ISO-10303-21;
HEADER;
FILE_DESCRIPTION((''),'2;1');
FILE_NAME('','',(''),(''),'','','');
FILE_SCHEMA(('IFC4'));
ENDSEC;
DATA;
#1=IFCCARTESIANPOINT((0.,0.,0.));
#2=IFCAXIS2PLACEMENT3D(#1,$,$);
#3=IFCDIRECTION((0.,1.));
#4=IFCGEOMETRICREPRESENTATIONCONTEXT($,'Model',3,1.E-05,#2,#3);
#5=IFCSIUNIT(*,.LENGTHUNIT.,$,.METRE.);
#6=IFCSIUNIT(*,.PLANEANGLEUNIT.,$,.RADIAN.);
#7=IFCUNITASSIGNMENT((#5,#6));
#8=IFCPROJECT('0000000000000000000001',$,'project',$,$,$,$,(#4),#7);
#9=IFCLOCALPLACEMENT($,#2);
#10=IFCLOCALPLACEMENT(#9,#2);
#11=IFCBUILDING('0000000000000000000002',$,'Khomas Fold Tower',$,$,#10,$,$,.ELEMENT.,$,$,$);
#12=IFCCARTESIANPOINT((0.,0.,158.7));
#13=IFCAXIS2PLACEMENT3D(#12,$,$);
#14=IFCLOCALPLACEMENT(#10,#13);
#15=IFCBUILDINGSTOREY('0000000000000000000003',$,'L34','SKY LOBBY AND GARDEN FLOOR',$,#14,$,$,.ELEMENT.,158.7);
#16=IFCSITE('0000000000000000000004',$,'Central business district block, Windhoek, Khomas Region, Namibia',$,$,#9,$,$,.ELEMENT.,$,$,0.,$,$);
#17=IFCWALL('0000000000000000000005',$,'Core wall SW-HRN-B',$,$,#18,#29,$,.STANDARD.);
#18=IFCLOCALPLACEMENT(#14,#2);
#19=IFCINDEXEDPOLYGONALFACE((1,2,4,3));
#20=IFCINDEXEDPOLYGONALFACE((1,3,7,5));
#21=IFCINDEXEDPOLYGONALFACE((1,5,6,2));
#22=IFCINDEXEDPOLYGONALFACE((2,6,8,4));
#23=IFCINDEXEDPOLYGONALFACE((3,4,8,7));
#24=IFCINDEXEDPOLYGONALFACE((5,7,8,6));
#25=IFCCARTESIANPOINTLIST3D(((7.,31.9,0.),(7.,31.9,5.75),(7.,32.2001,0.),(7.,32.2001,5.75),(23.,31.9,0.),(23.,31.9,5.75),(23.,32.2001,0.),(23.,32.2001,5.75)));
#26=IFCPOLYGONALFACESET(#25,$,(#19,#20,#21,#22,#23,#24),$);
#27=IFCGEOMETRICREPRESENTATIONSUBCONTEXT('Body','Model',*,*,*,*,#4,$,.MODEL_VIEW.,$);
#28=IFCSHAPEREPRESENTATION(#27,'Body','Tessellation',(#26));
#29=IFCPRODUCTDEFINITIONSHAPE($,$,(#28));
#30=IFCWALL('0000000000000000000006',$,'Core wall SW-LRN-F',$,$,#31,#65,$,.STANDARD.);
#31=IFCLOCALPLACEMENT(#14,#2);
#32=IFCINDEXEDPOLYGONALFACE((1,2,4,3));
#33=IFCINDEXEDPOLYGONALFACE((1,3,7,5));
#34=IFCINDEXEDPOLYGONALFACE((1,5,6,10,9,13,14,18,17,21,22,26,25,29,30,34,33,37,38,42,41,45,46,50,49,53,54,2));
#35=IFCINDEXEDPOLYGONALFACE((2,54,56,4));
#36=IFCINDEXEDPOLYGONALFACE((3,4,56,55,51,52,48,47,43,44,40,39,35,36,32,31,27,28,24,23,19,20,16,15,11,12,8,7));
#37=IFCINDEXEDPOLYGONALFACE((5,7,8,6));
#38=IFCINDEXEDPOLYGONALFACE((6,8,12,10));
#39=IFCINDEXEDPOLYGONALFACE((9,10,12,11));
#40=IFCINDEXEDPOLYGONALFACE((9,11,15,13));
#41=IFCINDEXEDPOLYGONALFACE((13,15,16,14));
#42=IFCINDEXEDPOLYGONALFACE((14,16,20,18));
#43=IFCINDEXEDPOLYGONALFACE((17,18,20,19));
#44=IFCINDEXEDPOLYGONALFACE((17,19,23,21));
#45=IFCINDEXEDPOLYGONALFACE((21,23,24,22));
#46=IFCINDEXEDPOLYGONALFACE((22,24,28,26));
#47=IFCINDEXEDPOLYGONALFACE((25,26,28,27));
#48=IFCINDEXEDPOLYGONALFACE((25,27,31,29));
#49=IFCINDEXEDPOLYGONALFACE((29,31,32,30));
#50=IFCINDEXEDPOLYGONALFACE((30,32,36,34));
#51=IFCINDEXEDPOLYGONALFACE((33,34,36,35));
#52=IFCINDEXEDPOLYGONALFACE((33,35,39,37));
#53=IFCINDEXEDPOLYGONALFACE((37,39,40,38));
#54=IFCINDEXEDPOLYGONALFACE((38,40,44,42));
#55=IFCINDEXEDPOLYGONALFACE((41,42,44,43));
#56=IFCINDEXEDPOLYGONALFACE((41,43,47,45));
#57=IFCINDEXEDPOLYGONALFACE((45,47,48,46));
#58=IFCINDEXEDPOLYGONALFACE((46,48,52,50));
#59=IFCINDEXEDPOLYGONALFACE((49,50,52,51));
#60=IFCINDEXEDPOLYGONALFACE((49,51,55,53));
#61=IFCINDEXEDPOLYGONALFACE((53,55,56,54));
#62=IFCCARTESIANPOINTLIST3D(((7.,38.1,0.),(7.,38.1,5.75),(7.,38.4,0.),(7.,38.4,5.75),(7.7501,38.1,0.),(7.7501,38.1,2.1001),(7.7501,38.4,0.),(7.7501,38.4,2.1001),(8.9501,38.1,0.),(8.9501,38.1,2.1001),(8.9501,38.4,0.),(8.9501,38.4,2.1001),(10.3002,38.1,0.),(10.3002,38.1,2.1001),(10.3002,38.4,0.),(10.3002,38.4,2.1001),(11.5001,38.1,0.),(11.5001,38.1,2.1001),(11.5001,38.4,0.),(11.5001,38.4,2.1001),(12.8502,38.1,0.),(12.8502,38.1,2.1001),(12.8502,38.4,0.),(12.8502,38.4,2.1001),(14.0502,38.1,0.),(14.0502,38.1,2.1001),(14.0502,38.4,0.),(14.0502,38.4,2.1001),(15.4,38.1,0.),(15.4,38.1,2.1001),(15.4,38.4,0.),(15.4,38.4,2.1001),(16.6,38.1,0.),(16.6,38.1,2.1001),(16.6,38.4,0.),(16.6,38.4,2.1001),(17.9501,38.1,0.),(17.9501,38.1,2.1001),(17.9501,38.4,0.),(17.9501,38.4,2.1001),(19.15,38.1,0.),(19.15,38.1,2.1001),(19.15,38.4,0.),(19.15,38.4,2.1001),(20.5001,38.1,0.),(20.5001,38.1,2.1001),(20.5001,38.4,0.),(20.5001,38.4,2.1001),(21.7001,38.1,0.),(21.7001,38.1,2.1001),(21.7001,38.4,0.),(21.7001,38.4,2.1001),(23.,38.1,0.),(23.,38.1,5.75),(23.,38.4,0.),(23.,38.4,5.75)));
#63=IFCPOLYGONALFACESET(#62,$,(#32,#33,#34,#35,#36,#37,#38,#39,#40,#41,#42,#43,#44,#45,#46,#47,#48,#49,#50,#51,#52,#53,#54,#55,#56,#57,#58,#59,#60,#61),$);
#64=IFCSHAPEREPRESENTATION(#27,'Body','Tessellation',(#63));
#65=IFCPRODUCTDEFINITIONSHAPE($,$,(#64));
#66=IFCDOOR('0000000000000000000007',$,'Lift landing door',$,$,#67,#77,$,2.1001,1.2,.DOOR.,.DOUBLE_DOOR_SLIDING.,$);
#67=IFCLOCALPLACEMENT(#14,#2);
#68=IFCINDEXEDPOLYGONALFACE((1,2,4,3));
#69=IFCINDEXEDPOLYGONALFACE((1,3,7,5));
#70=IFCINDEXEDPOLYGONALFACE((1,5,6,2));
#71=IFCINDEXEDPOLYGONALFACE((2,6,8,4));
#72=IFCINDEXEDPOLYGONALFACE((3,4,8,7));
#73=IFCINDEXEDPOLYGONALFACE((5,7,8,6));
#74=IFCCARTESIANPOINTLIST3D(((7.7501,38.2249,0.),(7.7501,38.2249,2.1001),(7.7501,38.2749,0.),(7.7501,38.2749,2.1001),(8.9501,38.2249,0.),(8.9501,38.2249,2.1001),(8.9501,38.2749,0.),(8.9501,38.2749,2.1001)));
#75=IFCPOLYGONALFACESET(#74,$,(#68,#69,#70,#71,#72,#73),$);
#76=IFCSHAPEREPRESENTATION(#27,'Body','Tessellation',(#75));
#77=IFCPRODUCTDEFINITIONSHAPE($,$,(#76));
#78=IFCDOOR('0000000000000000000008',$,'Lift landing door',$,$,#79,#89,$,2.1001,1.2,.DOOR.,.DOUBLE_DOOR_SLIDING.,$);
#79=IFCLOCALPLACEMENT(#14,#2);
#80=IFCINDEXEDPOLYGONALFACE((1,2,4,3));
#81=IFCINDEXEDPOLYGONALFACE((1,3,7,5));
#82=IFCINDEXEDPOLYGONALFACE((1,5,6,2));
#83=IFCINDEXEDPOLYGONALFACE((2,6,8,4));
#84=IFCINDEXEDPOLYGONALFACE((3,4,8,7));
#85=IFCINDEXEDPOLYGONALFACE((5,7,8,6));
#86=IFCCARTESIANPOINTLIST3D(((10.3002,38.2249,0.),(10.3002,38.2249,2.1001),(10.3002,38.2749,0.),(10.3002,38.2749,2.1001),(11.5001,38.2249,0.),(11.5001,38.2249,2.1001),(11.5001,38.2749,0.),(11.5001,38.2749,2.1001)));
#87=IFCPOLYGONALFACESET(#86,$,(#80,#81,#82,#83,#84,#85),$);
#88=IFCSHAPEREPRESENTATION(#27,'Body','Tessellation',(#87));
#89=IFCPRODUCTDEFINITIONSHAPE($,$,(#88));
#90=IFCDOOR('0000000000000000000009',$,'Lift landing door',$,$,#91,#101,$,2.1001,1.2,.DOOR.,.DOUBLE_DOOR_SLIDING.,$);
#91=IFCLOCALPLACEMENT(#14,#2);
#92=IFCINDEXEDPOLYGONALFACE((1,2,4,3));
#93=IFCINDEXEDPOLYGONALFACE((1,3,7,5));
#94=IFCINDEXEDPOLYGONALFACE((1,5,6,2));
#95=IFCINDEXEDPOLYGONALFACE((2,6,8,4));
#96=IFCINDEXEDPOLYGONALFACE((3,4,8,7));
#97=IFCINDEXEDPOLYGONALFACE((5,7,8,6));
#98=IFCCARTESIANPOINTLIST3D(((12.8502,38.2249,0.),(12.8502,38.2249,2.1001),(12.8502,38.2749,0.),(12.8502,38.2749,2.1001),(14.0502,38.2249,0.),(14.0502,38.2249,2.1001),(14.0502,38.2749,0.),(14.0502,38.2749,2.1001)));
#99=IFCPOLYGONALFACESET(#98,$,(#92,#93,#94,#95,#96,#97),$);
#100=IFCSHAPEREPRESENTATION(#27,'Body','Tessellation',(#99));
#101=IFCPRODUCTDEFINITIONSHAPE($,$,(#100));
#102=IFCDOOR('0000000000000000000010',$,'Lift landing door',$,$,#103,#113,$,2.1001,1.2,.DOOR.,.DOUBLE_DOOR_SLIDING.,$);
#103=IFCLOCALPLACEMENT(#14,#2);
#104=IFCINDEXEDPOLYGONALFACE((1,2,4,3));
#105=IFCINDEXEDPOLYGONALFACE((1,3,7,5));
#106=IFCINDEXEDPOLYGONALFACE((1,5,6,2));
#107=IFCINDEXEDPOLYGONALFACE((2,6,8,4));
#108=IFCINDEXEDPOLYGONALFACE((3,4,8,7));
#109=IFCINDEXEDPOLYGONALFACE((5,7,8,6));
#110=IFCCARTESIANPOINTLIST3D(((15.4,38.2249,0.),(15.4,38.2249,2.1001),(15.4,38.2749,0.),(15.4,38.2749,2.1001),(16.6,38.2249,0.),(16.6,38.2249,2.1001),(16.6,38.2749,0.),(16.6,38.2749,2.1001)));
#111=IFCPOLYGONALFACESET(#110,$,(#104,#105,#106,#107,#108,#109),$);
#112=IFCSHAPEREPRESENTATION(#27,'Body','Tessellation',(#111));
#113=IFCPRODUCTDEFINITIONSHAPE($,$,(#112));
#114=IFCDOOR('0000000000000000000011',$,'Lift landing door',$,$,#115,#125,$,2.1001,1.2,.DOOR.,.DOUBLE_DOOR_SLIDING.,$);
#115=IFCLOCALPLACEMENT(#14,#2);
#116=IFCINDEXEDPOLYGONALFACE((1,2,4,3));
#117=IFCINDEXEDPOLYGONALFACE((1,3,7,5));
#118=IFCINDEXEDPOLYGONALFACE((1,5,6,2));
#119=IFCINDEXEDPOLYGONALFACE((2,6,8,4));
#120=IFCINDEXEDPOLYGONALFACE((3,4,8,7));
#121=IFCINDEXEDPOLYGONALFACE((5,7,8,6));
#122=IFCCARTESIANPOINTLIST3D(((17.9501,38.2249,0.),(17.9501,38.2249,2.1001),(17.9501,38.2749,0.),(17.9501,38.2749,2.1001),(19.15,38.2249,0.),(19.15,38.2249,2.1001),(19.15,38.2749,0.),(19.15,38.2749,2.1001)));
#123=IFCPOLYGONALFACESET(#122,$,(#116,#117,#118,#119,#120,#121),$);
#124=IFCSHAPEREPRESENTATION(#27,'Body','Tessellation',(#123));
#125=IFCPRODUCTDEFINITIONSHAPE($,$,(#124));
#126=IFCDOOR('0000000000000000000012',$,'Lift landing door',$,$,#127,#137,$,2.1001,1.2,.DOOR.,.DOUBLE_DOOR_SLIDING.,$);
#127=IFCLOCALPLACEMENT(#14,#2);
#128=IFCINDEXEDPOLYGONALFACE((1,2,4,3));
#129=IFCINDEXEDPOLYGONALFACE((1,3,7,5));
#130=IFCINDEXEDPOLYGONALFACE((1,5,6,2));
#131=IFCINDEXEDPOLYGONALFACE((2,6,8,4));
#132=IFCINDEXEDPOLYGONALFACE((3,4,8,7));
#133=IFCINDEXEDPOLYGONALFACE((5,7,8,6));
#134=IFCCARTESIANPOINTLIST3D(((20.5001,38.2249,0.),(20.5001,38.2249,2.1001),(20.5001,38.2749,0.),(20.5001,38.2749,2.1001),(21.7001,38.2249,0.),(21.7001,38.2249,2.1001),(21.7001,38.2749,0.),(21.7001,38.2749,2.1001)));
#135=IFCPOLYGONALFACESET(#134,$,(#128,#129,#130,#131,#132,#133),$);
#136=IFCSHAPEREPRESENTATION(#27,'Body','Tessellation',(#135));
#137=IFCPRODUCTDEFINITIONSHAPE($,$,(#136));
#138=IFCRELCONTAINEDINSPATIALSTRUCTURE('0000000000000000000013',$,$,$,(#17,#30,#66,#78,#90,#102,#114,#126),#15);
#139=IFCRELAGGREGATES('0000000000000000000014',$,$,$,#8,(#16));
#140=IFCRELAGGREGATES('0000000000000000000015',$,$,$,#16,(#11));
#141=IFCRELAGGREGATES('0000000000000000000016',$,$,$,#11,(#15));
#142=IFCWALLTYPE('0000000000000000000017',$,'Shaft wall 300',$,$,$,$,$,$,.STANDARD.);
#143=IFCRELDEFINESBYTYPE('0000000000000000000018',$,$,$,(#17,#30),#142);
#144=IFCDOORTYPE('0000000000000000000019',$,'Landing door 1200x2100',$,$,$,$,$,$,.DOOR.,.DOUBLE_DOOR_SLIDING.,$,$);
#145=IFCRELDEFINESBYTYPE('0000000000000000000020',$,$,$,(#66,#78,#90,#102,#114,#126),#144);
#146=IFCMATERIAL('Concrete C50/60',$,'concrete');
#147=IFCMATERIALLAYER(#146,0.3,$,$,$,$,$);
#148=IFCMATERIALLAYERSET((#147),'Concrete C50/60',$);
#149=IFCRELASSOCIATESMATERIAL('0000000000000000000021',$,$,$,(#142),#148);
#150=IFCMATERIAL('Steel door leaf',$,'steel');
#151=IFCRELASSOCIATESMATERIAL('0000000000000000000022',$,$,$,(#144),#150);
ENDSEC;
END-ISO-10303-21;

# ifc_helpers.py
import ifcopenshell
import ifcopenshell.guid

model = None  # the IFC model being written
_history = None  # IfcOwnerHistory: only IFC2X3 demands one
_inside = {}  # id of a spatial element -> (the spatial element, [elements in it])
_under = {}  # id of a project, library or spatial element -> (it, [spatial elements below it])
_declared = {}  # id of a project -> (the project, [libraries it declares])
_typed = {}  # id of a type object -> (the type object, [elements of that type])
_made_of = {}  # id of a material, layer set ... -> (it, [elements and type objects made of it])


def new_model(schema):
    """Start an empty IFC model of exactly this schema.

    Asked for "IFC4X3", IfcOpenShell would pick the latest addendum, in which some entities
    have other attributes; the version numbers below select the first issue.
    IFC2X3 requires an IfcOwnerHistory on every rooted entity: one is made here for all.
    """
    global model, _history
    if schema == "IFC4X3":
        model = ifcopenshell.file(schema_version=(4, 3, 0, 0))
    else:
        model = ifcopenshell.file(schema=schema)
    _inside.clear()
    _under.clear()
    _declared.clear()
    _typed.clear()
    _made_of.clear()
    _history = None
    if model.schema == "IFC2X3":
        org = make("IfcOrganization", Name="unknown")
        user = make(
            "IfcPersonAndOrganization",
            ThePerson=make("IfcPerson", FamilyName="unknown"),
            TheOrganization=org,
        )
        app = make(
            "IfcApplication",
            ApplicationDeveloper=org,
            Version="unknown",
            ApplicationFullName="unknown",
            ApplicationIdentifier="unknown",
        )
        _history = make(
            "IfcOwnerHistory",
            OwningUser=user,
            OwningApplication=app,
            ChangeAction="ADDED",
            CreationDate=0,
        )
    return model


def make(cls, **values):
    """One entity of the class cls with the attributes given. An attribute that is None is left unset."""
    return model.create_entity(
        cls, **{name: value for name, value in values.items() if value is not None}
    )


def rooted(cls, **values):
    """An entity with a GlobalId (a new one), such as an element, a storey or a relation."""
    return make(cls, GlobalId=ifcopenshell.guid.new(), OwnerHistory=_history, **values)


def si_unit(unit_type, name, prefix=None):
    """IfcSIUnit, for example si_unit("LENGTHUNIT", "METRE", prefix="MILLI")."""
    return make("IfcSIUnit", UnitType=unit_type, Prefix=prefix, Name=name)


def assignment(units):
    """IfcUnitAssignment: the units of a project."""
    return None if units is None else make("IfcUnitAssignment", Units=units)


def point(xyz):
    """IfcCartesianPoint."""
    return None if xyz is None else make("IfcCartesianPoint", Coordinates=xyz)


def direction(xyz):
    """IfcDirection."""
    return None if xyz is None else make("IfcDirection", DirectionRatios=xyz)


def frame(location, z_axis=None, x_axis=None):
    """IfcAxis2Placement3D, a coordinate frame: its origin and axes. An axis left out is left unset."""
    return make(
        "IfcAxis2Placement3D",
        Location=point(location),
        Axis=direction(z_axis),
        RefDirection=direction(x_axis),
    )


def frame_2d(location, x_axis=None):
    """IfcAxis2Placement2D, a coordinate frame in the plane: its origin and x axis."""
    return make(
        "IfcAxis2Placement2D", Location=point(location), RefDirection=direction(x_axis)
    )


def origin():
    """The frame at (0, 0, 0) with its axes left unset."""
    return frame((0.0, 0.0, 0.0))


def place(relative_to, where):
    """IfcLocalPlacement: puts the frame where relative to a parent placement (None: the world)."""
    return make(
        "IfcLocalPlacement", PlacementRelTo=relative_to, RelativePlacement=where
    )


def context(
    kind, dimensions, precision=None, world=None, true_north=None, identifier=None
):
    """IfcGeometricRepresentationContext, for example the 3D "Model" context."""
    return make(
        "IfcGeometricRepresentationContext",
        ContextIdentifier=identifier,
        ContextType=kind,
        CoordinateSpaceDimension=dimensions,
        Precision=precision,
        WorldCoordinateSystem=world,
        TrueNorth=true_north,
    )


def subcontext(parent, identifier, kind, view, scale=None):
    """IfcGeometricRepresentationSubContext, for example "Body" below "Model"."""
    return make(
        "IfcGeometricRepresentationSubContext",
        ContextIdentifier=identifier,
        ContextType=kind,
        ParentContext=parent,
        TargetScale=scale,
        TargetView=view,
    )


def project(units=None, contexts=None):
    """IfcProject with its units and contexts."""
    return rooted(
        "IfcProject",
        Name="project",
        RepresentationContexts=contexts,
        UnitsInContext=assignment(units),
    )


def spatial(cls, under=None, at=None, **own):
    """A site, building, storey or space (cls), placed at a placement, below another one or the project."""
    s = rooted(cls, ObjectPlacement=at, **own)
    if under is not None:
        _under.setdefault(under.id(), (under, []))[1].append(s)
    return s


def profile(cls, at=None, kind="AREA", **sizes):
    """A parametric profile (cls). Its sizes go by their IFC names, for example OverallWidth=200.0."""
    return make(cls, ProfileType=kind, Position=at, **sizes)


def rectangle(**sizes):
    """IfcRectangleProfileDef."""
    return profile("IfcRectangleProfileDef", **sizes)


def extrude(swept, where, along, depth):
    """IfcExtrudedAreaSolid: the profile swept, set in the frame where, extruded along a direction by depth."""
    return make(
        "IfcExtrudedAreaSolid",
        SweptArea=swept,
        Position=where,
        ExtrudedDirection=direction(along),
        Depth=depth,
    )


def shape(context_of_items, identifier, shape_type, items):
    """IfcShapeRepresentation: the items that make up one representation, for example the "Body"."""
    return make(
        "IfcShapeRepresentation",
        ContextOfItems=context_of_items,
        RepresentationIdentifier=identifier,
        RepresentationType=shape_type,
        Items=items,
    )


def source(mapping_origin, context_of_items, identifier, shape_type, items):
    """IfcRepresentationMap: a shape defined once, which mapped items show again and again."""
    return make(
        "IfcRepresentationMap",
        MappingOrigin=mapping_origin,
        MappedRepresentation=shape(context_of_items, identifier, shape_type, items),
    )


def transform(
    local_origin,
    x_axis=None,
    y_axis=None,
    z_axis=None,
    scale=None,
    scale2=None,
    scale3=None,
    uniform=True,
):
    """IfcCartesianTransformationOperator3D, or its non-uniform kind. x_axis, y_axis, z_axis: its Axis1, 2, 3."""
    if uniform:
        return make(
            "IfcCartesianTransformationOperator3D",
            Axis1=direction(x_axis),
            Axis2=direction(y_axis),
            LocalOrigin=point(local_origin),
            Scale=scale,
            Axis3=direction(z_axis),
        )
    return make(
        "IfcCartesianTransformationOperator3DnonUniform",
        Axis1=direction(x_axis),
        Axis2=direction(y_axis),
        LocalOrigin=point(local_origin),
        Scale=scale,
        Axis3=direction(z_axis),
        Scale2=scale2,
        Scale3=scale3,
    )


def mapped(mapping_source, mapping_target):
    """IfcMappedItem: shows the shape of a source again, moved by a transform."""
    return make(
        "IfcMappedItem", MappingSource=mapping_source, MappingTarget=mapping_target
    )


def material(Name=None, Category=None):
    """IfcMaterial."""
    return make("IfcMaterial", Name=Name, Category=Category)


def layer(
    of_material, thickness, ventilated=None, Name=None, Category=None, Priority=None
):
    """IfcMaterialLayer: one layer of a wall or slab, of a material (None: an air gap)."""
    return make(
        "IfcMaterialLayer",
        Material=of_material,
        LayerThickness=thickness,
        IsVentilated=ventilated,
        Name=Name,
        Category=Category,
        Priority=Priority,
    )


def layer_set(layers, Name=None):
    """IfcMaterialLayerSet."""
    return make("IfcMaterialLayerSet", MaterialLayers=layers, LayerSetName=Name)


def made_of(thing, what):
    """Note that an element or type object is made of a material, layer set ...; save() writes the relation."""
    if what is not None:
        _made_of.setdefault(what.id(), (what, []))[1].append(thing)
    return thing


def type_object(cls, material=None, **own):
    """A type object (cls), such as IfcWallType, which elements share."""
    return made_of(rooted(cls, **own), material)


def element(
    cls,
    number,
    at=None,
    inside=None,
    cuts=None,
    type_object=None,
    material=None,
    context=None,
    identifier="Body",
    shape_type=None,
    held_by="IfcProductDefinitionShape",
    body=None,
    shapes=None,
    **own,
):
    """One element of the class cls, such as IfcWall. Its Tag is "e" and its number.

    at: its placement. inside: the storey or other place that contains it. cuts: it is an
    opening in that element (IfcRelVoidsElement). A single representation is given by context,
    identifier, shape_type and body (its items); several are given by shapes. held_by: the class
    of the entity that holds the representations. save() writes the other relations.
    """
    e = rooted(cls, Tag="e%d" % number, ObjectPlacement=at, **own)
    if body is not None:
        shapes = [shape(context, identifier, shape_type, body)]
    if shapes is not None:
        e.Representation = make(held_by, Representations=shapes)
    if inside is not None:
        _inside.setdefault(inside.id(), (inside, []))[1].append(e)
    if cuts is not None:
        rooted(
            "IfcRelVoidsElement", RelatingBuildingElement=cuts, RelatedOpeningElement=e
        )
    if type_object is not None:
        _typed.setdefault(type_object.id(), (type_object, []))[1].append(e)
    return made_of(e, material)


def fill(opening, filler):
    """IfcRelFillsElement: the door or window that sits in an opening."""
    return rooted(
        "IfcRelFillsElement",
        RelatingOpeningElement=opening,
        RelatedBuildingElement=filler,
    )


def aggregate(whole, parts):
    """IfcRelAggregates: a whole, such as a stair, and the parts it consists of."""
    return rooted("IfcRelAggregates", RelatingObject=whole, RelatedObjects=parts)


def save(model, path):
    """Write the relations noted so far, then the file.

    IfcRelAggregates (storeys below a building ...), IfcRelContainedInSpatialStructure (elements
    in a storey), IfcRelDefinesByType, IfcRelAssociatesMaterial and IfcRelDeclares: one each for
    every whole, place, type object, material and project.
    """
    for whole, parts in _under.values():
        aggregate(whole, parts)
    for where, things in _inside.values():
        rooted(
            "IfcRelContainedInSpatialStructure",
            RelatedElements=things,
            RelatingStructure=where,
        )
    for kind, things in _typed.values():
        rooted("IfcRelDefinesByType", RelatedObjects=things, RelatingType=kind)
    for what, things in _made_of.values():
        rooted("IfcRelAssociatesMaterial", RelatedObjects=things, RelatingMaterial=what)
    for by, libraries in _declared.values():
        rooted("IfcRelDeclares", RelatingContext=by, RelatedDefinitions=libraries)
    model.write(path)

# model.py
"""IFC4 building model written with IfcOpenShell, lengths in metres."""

from ifc_helpers import new_model, si_unit, direction, frame, frame_2d, origin, place, context, subcontext, project, spatial, rectangle, extrude, source, transform, mapped, material, layer, layer_set, type_object, element, fill, save


model = new_model("IFC4")

# Units and contexts
model_context = context("Model", 3, precision=1e-05, world=origin(), true_north=direction((0.0, 1.0)))
body_context = subcontext(model_context, "Body", "Model", "MODEL_VIEW")
ifc_project = project(units=[si_unit("LENGTHUNIT", "METRE"), si_unit("PLANEANGLEUNIT", "RADIAN")], contexts=[model_context])

# Site, building, storey
site_placement = place(None, origin())
site = spatial("IfcSite", under=ifc_project, at=site_placement, Name="Central business district block, Windhoek, Khomas Region, Namibia", CompositionType="ELEMENT", RefElevation=0.0)
building_placement = place(site_placement, origin())
building = spatial("IfcBuilding", under=site, at=building_placement, Name="Khomas Fold Tower", CompositionType="ELEMENT")
storey_placement = place(building_placement, frame((0.0, 0.0, 158.7)))
storey = spatial("IfcBuildingStorey", under=building, at=storey_placement, Name="L34", Description="SKY LOBBY AND GARDEN FLOOR", CompositionType="ELEMENT", Elevation=158.7)

# Wall
ifc_material_1 = material(Name="Concrete C50/60", Category="concrete")
ifc_layer_1 = layer(ifc_material_1, 0.3)
ifc_layer_set_1 = layer_set([ifc_layer_1], Name="Concrete C50/60")
wall_type_1 = type_object("IfcWallType", Name="Shaft wall 300", PredefinedType="STANDARD", material=ifc_layer_set_1)
shared_shape_1 = source(origin(), body_context, "Body", "SweptSolid", [
    extrude(rectangle(XDim=16.0, YDim=0.3, at=frame_2d((8.0, 0.0))), origin(), (0.0, 0.0, 1.0), 5.75),
])
wall_1_placement = place(storey_placement, frame((7.0, 32.05, 0.0), z_axis=(0.0, 0.0, 1.0), x_axis=(1.0, 0.0, 0.0)))
element("IfcWall", 1, at=wall_1_placement, inside=storey, type_object=wall_type_1, Name="Core wall SW-HRN-B", PredefinedType="STANDARD", context=body_context, shape_type="MappedRepresentation", body=[
    mapped(shared_shape_1, transform((0.0, 0.0, 0.0))),
])

# Wall, openings, doors
wall_2_placement = place(storey_placement, frame((7.0, 38.25, 0.0), z_axis=(0.0, 0.0, 1.0), x_axis=(1.0, 0.0, 0.0)))
wall_2 = element("IfcWall", 2, at=wall_2_placement, inside=storey, type_object=wall_type_1, Name="Core wall SW-LRN-F", PredefinedType="STANDARD", context=body_context, shape_type="MappedRepresentation", body=[
    mapped(shared_shape_1, transform((0.0, 0.0, 0.0))),
])
shared_shape_2 = source(origin(), body_context, "Body", "SweptSolid", [
    extrude(rectangle(XDim=1.2, YDim=2.1001, at=frame_2d((0.6001, 1.05))), frame((0.0, 0.1599, 0.0), z_axis=(0.0, -1.0, 0.0), x_axis=(1.0, 0.0, 0.0)), (0.0, 0.0, 1.0), 0.3201),
])
opening_1_placement = place(wall_2_placement, frame((0.75, 0.0, 0.0)))
opening_1 = element("IfcOpeningElement", 3, at=opening_1_placement, cuts=wall_2, PredefinedType="OPENING", context=body_context, shape_type="MappedRepresentation", body=[
    mapped(shared_shape_2, transform((0.0, 0.0, 0.0))),
])
opening_2_placement = place(wall_2_placement, frame((3.3, 0.0, 0.0)))
opening_2 = element("IfcOpeningElement", 4, at=opening_2_placement, cuts=wall_2, PredefinedType="OPENING", context=body_context, shape_type="MappedRepresentation", body=[
    mapped(shared_shape_2, transform((0.0, 0.0, 0.0))),
])
opening_3_placement = place(wall_2_placement, frame((5.8501, 0.0, 0.0)))
opening_3 = element("IfcOpeningElement", 5, at=opening_3_placement, cuts=wall_2, PredefinedType="OPENING", context=body_context, shape_type="MappedRepresentation", body=[
    mapped(shared_shape_2, transform((0.0, 0.0, 0.0))),
])
opening_4_placement = place(wall_2_placement, frame((8.3999, 0.0, 0.0)))
opening_4 = element("IfcOpeningElement", 6, at=opening_4_placement, cuts=wall_2, PredefinedType="OPENING", context=body_context, shape_type="MappedRepresentation", body=[
    mapped(shared_shape_2, transform((0.0, 0.0, 0.0))),
])
opening_5_placement = place(wall_2_placement, frame((10.95, 0.0, 0.0)))
opening_5 = element("IfcOpeningElement", 7, at=opening_5_placement, cuts=wall_2, PredefinedType="OPENING", context=body_context, shape_type="MappedRepresentation", body=[
    mapped(shared_shape_2, transform((0.0, 0.0, 0.0))),
])
opening_6_placement = place(wall_2_placement, frame((13.5, 0.0, 0.0)))
opening_6 = element("IfcOpeningElement", 8, at=opening_6_placement, cuts=wall_2, PredefinedType="OPENING", context=body_context, shape_type="MappedRepresentation", body=[
    mapped(shared_shape_2, transform((0.0, 0.0, 0.0))),
])
ifc_material_2 = material(Name="Steel door leaf", Category="steel")
door_type = type_object("IfcDoorType", Name="Landing door 1200x2100", OperationType="DOUBLE_DOOR_SLIDING", PredefinedType="DOOR", material=ifc_material_2)
shared_shape_3 = source(origin(), body_context, "Body", "SweptSolid", [
    extrude(rectangle(XDim=1.2, YDim=2.1001, at=frame_2d((0.6001, 1.05))), frame((0.0, 0.0249, 0.0), z_axis=(0.0, -1.0, 0.0), x_axis=(1.0, 0.0, 0.0)), (0.0, 0.0, 1.0), 0.05),
])
door_1_placement = place(opening_1_placement, origin())
door_1 = element("IfcDoor", 9, at=door_1_placement, inside=storey, type_object=door_type, Name="Lift landing door", OperationType="DOUBLE_DOOR_SLIDING", OverallHeight=2.1001, OverallWidth=1.2, PredefinedType="DOOR", context=body_context, shape_type="MappedRepresentation", body=[
    mapped(shared_shape_3, transform((0.0, 0.0, 0.0))),
])
fill(opening_1, door_1)
door_2_placement = place(opening_2_placement, origin())
door_2 = element("IfcDoor", 10, at=door_2_placement, inside=storey, type_object=door_type, Name="Lift landing door", OperationType="DOUBLE_DOOR_SLIDING", OverallHeight=2.1001, OverallWidth=1.2, PredefinedType="DOOR", context=body_context, shape_type="MappedRepresentation", body=[
    mapped(shared_shape_3, transform((0.0, 0.0, 0.0))),
])
fill(opening_2, door_2)
door_3_placement = place(opening_3_placement, origin())
door_3 = element("IfcDoor", 11, at=door_3_placement, inside=storey, type_object=door_type, Name="Lift landing door", OperationType="DOUBLE_DOOR_SLIDING", OverallHeight=2.1001, OverallWidth=1.2, PredefinedType="DOOR", context=body_context, shape_type="MappedRepresentation", body=[
    mapped(shared_shape_3, transform((0.0, 0.0, 0.0))),
])
fill(opening_3, door_3)
door_4_placement = place(opening_4_placement, origin())
door_4 = element("IfcDoor", 12, at=door_4_placement, inside=storey, type_object=door_type, Name="Lift landing door", OperationType="DOUBLE_DOOR_SLIDING", OverallHeight=2.1001, OverallWidth=1.2, PredefinedType="DOOR", context=body_context, shape_type="MappedRepresentation", body=[
    mapped(shared_shape_3, transform((0.0, 0.0, 0.0))),
])
fill(opening_4, door_4)
door_5_placement = place(opening_5_placement, origin())
door_5 = element("IfcDoor", 13, at=door_5_placement, inside=storey, type_object=door_type, Name="Lift landing door", OperationType="DOUBLE_DOOR_SLIDING", OverallHeight=2.1001, OverallWidth=1.2, PredefinedType="DOOR", context=body_context, shape_type="MappedRepresentation", body=[
    mapped(shared_shape_3, transform((0.0, 0.0, 0.0))),
])
fill(opening_5, door_5)
door_6_placement = place(opening_6_placement, origin())
door_6 = element("IfcDoor", 14, at=door_6_placement, inside=storey, type_object=door_type, Name="Lift landing door", OperationType="DOUBLE_DOOR_SLIDING", OverallHeight=2.1001, OverallWidth=1.2, PredefinedType="DOOR", context=body_context, shape_type="MappedRepresentation", body=[
    mapped(shared_shape_3, transform((0.0, 0.0, 0.0))),
])
fill(opening_6, door_6)

save(model, "model.ifc")
